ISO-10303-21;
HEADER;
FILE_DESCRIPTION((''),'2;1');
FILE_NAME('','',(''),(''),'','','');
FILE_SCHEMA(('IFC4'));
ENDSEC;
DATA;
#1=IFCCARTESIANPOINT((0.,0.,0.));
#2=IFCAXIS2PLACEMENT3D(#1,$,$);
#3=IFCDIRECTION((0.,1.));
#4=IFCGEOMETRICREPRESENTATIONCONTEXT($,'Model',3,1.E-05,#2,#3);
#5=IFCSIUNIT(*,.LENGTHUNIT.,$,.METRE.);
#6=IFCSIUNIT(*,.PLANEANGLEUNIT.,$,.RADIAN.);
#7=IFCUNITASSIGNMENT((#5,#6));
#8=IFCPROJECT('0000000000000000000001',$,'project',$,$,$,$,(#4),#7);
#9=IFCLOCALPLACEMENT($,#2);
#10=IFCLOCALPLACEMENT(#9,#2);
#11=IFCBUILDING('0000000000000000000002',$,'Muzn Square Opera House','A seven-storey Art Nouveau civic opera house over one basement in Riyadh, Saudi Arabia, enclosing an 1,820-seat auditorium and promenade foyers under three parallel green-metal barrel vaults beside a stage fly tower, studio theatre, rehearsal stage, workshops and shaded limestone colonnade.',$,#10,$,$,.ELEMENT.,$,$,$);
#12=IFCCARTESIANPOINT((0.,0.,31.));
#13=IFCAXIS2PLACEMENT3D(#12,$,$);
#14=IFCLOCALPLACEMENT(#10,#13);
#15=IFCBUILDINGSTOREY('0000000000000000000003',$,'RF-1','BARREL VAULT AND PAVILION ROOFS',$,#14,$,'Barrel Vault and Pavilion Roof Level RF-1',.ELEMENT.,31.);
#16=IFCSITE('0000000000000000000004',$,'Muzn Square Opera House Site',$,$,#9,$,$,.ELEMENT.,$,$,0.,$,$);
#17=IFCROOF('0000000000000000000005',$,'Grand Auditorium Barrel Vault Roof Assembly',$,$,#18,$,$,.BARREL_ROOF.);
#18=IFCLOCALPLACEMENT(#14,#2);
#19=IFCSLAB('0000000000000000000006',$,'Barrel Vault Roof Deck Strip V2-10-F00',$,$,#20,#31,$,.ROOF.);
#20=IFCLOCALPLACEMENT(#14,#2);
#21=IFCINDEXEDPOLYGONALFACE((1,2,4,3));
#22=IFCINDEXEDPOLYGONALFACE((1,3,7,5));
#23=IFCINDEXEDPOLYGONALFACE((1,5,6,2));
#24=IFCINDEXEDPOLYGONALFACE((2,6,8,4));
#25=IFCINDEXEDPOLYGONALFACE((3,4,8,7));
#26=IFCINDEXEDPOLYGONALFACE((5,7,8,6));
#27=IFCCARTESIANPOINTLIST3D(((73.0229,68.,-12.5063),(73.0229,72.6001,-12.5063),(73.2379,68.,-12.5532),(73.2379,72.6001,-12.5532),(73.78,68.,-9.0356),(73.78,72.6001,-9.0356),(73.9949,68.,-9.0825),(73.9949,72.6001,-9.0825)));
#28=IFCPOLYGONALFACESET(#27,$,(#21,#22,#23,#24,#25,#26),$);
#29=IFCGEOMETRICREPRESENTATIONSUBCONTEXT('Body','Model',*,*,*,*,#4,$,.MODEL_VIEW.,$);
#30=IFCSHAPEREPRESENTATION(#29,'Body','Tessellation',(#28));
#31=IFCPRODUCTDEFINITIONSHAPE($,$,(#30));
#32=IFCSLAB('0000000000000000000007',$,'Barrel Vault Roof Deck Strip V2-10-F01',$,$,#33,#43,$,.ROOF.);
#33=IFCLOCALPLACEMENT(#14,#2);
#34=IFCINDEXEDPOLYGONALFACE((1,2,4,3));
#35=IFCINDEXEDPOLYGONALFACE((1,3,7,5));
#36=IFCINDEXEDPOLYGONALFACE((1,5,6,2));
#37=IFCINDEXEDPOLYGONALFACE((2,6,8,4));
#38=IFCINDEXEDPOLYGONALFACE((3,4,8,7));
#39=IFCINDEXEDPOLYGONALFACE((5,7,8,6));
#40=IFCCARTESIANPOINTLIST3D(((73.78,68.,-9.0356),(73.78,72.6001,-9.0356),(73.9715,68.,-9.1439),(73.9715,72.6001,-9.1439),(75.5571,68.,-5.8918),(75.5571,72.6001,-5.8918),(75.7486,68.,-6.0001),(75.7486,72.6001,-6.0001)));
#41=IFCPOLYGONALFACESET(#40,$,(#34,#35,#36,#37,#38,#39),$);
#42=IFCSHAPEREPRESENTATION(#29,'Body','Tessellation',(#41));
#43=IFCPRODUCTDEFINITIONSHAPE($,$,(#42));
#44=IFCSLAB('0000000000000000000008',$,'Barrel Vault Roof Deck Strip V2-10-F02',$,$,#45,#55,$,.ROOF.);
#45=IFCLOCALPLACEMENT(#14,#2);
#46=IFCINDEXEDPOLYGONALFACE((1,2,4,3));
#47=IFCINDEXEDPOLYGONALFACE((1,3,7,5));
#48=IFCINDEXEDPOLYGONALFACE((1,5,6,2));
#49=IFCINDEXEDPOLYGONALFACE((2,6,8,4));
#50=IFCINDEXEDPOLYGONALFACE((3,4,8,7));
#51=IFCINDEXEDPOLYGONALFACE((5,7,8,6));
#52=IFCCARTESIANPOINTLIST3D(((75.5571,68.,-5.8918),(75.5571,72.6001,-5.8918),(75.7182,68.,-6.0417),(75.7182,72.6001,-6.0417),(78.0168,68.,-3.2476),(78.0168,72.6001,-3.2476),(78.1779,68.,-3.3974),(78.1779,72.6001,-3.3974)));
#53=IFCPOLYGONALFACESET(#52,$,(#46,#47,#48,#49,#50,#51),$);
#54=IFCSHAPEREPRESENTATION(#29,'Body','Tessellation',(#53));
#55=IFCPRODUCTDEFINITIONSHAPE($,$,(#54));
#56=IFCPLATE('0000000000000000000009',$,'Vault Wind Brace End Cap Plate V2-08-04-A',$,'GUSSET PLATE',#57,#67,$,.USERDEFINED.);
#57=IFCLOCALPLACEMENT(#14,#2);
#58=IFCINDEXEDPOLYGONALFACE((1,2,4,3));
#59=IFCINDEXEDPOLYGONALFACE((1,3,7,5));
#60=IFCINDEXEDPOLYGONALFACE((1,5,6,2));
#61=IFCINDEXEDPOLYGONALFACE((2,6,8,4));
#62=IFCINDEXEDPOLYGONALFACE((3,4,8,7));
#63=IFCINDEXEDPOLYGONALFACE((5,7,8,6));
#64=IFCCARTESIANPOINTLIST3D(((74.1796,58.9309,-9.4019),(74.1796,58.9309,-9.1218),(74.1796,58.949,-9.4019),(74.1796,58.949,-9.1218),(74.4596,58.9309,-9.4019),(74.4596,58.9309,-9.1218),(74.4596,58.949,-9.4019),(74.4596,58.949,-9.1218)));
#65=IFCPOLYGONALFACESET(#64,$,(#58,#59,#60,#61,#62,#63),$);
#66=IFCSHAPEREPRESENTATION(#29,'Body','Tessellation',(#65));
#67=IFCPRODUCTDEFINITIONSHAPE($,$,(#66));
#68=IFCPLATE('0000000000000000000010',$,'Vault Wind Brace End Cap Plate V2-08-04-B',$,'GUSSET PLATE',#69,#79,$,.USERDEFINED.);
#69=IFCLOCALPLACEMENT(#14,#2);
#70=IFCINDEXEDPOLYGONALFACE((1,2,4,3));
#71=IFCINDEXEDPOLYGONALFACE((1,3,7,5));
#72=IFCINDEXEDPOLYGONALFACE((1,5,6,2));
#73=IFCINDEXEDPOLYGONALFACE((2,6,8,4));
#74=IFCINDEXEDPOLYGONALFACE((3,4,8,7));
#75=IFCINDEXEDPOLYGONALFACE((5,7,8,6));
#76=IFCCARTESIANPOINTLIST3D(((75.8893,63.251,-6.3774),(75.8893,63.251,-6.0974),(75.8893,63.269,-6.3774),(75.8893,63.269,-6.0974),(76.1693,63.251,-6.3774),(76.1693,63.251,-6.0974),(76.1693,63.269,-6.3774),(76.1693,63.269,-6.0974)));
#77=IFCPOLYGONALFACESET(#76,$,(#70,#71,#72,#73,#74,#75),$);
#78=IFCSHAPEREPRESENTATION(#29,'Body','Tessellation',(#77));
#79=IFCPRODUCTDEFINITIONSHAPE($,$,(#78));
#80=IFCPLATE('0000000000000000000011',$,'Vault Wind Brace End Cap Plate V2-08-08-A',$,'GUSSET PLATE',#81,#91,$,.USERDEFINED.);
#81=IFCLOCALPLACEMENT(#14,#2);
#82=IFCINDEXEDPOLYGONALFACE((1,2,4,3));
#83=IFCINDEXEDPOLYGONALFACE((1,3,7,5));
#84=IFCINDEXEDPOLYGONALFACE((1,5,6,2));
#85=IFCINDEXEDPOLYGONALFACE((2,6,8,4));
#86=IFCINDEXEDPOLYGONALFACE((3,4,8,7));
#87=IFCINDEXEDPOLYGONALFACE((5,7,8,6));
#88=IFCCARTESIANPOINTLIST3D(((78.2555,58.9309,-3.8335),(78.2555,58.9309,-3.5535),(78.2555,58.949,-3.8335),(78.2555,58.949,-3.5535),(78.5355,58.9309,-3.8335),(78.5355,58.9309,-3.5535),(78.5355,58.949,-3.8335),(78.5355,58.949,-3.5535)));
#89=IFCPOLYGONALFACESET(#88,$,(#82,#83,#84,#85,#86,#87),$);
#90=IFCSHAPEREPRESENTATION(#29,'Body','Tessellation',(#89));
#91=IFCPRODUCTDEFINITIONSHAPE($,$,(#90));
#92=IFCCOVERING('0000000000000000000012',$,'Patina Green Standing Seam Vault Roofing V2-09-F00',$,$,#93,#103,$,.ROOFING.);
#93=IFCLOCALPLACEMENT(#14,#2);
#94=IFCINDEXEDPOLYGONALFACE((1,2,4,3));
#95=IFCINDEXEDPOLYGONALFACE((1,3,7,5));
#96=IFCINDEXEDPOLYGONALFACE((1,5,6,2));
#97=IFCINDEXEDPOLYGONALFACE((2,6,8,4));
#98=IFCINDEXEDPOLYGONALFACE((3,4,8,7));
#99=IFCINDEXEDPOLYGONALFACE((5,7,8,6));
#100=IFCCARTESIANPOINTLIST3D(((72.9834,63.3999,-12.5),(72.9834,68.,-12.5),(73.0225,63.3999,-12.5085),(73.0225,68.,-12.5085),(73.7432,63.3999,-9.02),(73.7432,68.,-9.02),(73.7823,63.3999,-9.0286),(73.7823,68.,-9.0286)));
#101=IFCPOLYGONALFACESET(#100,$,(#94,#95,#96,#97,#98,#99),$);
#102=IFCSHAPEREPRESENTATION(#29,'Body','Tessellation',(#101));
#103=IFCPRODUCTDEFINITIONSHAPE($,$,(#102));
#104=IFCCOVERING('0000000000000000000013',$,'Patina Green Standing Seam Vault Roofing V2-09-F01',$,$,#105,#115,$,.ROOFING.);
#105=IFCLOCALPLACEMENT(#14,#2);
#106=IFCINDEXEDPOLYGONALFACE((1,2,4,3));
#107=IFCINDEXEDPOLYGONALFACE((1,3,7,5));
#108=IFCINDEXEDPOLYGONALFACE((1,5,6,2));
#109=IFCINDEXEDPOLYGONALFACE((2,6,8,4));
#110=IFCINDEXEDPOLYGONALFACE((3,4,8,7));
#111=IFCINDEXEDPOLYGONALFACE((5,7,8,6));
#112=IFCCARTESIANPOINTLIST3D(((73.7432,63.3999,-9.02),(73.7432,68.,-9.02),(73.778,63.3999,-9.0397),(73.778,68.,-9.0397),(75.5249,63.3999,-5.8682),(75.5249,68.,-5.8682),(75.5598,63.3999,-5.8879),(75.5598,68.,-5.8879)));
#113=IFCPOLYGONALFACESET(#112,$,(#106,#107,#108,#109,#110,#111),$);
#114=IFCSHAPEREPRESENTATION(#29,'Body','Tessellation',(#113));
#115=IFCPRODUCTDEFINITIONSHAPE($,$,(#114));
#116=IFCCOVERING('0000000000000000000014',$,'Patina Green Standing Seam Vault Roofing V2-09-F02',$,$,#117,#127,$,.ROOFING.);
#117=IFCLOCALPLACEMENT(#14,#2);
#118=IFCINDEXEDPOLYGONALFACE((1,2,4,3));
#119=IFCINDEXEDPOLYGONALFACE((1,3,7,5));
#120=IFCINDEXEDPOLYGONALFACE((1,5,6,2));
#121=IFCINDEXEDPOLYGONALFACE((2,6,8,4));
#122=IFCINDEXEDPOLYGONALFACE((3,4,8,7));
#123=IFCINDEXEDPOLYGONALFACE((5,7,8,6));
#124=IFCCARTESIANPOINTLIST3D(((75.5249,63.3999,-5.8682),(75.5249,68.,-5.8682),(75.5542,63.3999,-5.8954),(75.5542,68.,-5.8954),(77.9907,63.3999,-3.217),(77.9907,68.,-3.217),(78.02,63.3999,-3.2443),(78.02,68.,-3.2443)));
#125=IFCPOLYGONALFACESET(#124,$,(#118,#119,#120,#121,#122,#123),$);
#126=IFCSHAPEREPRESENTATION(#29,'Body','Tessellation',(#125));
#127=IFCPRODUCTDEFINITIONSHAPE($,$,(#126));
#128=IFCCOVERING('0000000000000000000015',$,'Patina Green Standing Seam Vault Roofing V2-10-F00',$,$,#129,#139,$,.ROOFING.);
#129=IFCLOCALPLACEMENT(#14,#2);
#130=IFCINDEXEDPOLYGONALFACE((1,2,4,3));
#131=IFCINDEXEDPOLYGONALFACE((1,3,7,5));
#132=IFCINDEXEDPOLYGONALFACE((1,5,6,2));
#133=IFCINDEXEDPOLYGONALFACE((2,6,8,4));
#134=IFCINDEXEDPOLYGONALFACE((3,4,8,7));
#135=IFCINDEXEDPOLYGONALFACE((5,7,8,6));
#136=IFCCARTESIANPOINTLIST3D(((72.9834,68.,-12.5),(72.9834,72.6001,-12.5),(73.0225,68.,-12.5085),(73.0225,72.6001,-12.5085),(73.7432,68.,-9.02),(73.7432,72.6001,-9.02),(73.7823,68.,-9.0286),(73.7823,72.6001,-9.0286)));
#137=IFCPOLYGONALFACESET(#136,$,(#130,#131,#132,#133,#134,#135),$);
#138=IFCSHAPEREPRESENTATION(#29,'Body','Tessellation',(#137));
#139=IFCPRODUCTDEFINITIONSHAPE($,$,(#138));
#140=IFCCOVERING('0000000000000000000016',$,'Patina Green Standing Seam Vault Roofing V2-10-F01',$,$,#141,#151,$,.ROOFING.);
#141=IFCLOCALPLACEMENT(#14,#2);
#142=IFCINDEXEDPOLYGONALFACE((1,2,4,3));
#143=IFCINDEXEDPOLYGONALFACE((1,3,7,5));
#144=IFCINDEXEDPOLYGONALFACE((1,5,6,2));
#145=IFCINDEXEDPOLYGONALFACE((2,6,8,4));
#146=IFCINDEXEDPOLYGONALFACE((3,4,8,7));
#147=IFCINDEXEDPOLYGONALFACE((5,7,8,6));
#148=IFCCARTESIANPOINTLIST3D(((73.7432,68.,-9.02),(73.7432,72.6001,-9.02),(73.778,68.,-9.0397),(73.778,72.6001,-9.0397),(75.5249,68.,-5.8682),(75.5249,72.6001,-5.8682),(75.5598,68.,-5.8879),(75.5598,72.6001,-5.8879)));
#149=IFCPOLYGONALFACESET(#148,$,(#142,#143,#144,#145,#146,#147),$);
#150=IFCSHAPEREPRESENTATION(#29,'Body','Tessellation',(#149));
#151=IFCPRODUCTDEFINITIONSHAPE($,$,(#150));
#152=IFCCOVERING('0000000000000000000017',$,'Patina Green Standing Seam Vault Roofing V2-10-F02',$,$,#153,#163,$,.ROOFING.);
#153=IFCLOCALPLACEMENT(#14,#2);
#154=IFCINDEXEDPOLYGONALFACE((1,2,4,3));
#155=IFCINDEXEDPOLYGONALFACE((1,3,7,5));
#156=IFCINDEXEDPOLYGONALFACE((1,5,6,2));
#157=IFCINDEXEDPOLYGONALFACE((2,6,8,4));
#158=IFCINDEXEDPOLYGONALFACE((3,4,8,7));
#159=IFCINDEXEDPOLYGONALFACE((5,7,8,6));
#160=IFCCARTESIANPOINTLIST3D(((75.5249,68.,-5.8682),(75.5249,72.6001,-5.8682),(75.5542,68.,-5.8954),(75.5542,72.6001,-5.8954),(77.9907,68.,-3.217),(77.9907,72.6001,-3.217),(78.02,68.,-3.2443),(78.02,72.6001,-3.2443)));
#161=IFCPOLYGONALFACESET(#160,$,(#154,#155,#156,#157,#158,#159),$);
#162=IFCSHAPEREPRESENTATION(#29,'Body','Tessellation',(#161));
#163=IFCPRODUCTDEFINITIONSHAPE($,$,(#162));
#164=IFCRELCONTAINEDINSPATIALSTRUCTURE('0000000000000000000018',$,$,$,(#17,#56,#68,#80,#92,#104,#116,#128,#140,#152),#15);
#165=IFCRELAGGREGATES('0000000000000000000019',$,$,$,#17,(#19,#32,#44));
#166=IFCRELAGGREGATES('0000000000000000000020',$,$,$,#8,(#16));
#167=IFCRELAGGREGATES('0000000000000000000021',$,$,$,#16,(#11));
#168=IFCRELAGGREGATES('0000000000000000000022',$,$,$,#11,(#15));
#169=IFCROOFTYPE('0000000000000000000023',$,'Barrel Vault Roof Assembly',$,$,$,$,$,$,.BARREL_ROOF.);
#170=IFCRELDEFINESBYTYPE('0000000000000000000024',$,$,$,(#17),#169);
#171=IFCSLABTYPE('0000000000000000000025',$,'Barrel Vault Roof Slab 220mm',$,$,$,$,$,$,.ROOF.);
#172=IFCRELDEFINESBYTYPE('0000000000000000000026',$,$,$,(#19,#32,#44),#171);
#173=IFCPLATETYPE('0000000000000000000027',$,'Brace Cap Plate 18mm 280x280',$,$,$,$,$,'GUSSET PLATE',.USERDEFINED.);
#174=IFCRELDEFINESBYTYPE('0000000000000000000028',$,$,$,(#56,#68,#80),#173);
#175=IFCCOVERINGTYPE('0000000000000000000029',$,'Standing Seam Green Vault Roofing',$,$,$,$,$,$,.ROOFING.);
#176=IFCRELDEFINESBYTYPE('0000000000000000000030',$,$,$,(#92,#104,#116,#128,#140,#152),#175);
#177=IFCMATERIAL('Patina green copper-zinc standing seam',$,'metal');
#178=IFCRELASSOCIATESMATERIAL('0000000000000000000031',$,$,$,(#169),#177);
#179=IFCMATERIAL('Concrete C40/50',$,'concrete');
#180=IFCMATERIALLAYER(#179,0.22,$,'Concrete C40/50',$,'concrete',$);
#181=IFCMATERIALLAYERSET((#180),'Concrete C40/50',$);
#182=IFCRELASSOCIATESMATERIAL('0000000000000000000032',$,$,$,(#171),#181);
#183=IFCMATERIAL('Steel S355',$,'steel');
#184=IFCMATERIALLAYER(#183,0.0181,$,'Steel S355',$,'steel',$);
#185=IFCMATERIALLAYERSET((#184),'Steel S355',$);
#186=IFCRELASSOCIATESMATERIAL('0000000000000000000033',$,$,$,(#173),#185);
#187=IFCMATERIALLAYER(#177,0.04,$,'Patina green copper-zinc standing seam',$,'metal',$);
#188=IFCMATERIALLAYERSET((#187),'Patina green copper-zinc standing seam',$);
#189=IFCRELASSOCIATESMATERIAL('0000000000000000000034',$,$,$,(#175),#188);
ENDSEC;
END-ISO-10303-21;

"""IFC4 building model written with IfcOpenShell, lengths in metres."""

from ifc_helpers import new_model, si_unit, direction, frame, origin, origin_2d, place, context, subcontext, project, spatial, polyline, rectangle, outline, extrude, material, layer, layer_set, type_object, element, aggregate, save


model = new_model("IFC4")

# Units and contexts
model_context = context("Model", 3, precision=1e-05, world=origin(), true_north=direction((0.0, 1.0)))
body_context = subcontext(model_context, "Body", "Model", "MODEL_VIEW")
ifc_project = project(units=[si_unit("LENGTHUNIT", "METRE"), si_unit("PLANEANGLEUNIT", "RADIAN")], contexts=[model_context])

# Site, building, storey
site_placement = place(None, origin())
site = spatial("IfcSite", under=ifc_project, at=site_placement, Name="Muzn Square Opera House Site", CompositionType="ELEMENT", RefElevation=0.0)
building_placement = place(site_placement, origin())
building = spatial("IfcBuilding", under=site, at=building_placement, Name="Muzn Square Opera House", Description="A seven-storey Art Nouveau civic opera house over one basement in Riyadh, Saudi Arabia, enclosing an 1,820-seat auditorium and promenade foyers under three parallel green-metal barrel vaults beside a stage fly tower, studio theatre, rehearsal stage, workshops and shaded limestone colonnade.", CompositionType="ELEMENT")
storey_placement = place(building_placement, frame((0.0, 0.0, 31.0)))
storey = spatial("IfcBuildingStorey", under=building, at=storey_placement, Name="RF-1", Description="BARREL VAULT AND PAVILION ROOFS", LongName="Barrel Vault and Pavilion Roof Level RF-1", CompositionType="ELEMENT", Elevation=31.0)

# Shared definitions
ifc_material_1 = material(Name="Steel S355", Category="steel")

# Roof, slabs
ifc_material_2 = material(Name="Patina green copper-zinc standing seam", Category="metal")
roof_type = type_object("IfcRoofType", Name="Barrel Vault Roof Assembly", PredefinedType="BARREL_ROOF", material=ifc_material_2)
roof_placement = place(storey_placement, origin())
roof = element("IfcRoof", 1, at=roof_placement, inside=storey, type_object=roof_type, Name="Grand Auditorium Barrel Vault Roof Assembly", PredefinedType="BARREL_ROOF")
ifc_material_3 = material(Name="Concrete C40/50", Category="concrete")
ifc_layer_1 = layer(ifc_material_3, 0.22, Name="Concrete C40/50", Category="concrete")
ifc_layer_set_1 = layer_set([ifc_layer_1], Name="Concrete C40/50")
slab_type = type_object("IfcSlabType", Name="Barrel Vault Roof Slab 220mm", PredefinedType="ROOF", material=ifc_layer_set_1)
slab_1_placement = place(storey_placement, frame((73.78, 68.0, -9.0356), z_axis=(-0.977025, 0.0, 0.213123), x_axis=(0.0, 1.0, 0.0)))
slab_1 = element("IfcSlab", 2, at=slab_1_placement, type_object=slab_type, Name="Barrel Vault Roof Deck Strip V2-10-F00", PredefinedType="ROOF", context=body_context, shape_type="SweptSolid", body=[
    extrude(outline(polyline([(0.0, 3.5523), (0.0, 0.0), (4.6001, 0.0), (4.6001, 3.5523), (0.0, 3.5523)])), origin(), (0.0, 0.0, -1.0), 0.22),
])
slab_2_placement = place(storey_placement, frame((75.5571, 68.0, -5.8918), z_axis=(-0.870543, 0.0, 0.492093), x_axis=(0.0, 1.0, 0.0)))
slab_2 = element("IfcSlab", 3, at=slab_2_placement, type_object=slab_type, Name="Barrel Vault Roof Deck Strip V2-10-F01", PredefinedType="ROOF", context=body_context, shape_type="SweptSolid", body=[
    extrude(outline(polyline([(0.0, 3.6113), (0.0, 0.0), (4.6001, 0.0), (4.6001, 3.6113), (0.0, 3.6113)])), origin(), (0.0, 0.0, -1.0), 0.22),
])
slab_3_placement = place(storey_placement, frame((78.0168, 68.0, -3.2476), z_axis=(-0.732198, 0.0, 0.681091), x_axis=(0.0, 1.0, 0.0)))
slab_3 = element("IfcSlab", 4, at=slab_3_placement, type_object=slab_type, Name="Barrel Vault Roof Deck Strip V2-10-F02", PredefinedType="ROOF", context=body_context, shape_type="SweptSolid", body=[
    extrude(outline(polyline([(0.0, 3.6114), (0.0, 0.0), (4.6001, 0.0), (4.6001, 3.6114), (0.0, 3.6114)])), origin(), (0.0, 0.0, -1.0), 0.22),
])
aggregate(roof, [slab_1, slab_2, slab_3])

# Plates
ifc_layer_2 = layer(ifc_material_1, 0.0181, Name="Steel S355", Category="steel")
ifc_layer_set_2 = layer_set([ifc_layer_2], Name="Steel S355")
plate_type = type_object("IfcPlateType", Name="Brace Cap Plate 18mm 280x280", ElementType="GUSSET PLATE", PredefinedType="USERDEFINED", material=ifc_layer_set_2)
for number, where, z_axis, x_axis, name in (
    (5, (74.3196, 58.9399, -9.4019), (0.0, 0.0, 1.0), (1.0, 0.0, 0.0), "Vault Wind Brace End Cap Plate V2-08-04-A"),
    (6, (76.0293, 63.26, -6.3774), (0.0, 0.0, 1.0), (1.0, 0.0, 0.0), "Vault Wind Brace End Cap Plate V2-08-04-B"),
    (7, (78.3955, 58.9399, -3.8335), (0.0, 0.0, 1.0), (1.0, 0.0, 0.0), "Vault Wind Brace End Cap Plate V2-08-08-A"),
):
    element("IfcPlate", number, at=place(storey_placement, frame(where, z_axis=z_axis, x_axis=x_axis)), inside=storey, type_object=plate_type, Name=name, ObjectType="GUSSET PLATE", PredefinedType="USERDEFINED", context=body_context, shape_type="SweptSolid", body=[
        extrude(rectangle(XDim=0.28, YDim=0.0181, at=origin_2d()), origin(), (0.0, 0.0, 1.0), 0.28),
    ])

# Coverings
ifc_layer_3 = layer(ifc_material_2, 0.04, Name="Patina green copper-zinc standing seam", Category="metal")
ifc_layer_set_3 = layer_set([ifc_layer_3], Name="Patina green copper-zinc standing seam")
covering_type = type_object("IfcCoveringType", Name="Standing Seam Green Vault Roofing", PredefinedType="ROOFING", material=ifc_layer_set_3)
covering_1_placement = place(storey_placement, frame((73.7432, 63.3999, -9.02), z_axis=(-0.976987, 0.0, 0.2133), x_axis=(0.0, 1.0, 0.0)))
element("IfcCovering", 8, at=covering_1_placement, inside=storey, type_object=covering_type, Name="Patina Green Standing Seam Vault Roofing V2-09-F00", PredefinedType="ROOFING", context=body_context, shape_type="SweptSolid", body=[
    extrude(outline(polyline([(0.0, 3.562), (0.0, 0.0), (4.6001, 0.0), (4.6001, 3.562), (0.0, 3.562)])), origin(), (0.0, 0.0, -1.0), 0.04),
])
covering_2_placement = place(storey_placement, frame((75.5249, 63.3999, -5.8682), z_axis=(-0.870533, 0.0, 0.492111), x_axis=(0.0, 1.0, 0.0)))
element("IfcCovering", 9, at=covering_2_placement, inside=storey, type_object=covering_type, Name="Patina Green Standing Seam Vault Roofing V2-09-F01", PredefinedType="ROOFING", context=body_context, shape_type="SweptSolid", body=[
    extrude(outline(polyline([(0.0, 3.6206), (0.0, 0.0), (4.6001, 0.0), (4.6001, 3.6206), (0.0, 3.6206)])), origin(), (0.0, 0.0, -1.0), 0.04),
])
covering_3_placement = place(storey_placement, frame((77.9907, 63.3999, -3.217), z_axis=(-0.732234, 0.0, 0.681053), x_axis=(0.0, 1.0, 0.0)))
element("IfcCovering", 10, at=covering_3_placement, inside=storey, type_object=covering_type, Name="Patina Green Standing Seam Vault Roofing V2-09-F02", PredefinedType="ROOFING", context=body_context, shape_type="SweptSolid", body=[
    extrude(outline(polyline([(0.0, 3.6206), (0.0, 0.0), (4.6001, 0.0), (4.6001, 3.6206), (0.0, 3.6206)])), origin(), (0.0, 0.0, -1.0), 0.04),
])
covering_4_placement = place(storey_placement, frame((73.7432, 68.0, -9.02), z_axis=(-0.976987, 0.0, 0.2133), x_axis=(0.0, 1.0, 0.0)))
element("IfcCovering", 11, at=covering_4_placement, inside=storey, type_object=covering_type, Name="Patina Green Standing Seam Vault Roofing V2-10-F00", PredefinedType="ROOFING", context=body_context, shape_type="SweptSolid", body=[
    extrude(outline(polyline([(0.0, 3.562), (0.0, 0.0), (4.6001, 0.0), (4.6001, 3.562), (0.0, 3.562)])), origin(), (0.0, 0.0, -1.0), 0.04),
])
covering_5_placement = place(storey_placement, frame((75.5249, 68.0, -5.8682), z_axis=(-0.870533, 0.0, 0.492111), x_axis=(0.0, 1.0, 0.0)))
element("IfcCovering", 12, at=covering_5_placement, inside=storey, type_object=covering_type, Name="Patina Green Standing Seam Vault Roofing V2-10-F01", PredefinedType="ROOFING", context=body_context, shape_type="SweptSolid", body=[
    extrude(outline(polyline([(0.0, 3.6206), (0.0, 0.0), (4.6001, 0.0), (4.6001, 3.6206), (0.0, 3.6206)])), origin(), (0.0, 0.0, -1.0), 0.04),
])
covering_6_placement = place(storey_placement, frame((77.9907, 68.0, -3.217), z_axis=(-0.732234, 0.0, 0.681053), x_axis=(0.0, 1.0, 0.0)))
element("IfcCovering", 13, at=covering_6_placement, inside=storey, type_object=covering_type, Name="Patina Green Standing Seam Vault Roofing V2-10-F02", PredefinedType="ROOFING", context=body_context, shape_type="SweptSolid", body=[
    extrude(outline(polyline([(0.0, 3.6206), (0.0, 0.0), (4.6001, 0.0), (4.6001, 3.6206), (0.0, 3.6206)])), origin(), (0.0, 0.0, -1.0), 0.04),
])

save(model, "model.ifc")
